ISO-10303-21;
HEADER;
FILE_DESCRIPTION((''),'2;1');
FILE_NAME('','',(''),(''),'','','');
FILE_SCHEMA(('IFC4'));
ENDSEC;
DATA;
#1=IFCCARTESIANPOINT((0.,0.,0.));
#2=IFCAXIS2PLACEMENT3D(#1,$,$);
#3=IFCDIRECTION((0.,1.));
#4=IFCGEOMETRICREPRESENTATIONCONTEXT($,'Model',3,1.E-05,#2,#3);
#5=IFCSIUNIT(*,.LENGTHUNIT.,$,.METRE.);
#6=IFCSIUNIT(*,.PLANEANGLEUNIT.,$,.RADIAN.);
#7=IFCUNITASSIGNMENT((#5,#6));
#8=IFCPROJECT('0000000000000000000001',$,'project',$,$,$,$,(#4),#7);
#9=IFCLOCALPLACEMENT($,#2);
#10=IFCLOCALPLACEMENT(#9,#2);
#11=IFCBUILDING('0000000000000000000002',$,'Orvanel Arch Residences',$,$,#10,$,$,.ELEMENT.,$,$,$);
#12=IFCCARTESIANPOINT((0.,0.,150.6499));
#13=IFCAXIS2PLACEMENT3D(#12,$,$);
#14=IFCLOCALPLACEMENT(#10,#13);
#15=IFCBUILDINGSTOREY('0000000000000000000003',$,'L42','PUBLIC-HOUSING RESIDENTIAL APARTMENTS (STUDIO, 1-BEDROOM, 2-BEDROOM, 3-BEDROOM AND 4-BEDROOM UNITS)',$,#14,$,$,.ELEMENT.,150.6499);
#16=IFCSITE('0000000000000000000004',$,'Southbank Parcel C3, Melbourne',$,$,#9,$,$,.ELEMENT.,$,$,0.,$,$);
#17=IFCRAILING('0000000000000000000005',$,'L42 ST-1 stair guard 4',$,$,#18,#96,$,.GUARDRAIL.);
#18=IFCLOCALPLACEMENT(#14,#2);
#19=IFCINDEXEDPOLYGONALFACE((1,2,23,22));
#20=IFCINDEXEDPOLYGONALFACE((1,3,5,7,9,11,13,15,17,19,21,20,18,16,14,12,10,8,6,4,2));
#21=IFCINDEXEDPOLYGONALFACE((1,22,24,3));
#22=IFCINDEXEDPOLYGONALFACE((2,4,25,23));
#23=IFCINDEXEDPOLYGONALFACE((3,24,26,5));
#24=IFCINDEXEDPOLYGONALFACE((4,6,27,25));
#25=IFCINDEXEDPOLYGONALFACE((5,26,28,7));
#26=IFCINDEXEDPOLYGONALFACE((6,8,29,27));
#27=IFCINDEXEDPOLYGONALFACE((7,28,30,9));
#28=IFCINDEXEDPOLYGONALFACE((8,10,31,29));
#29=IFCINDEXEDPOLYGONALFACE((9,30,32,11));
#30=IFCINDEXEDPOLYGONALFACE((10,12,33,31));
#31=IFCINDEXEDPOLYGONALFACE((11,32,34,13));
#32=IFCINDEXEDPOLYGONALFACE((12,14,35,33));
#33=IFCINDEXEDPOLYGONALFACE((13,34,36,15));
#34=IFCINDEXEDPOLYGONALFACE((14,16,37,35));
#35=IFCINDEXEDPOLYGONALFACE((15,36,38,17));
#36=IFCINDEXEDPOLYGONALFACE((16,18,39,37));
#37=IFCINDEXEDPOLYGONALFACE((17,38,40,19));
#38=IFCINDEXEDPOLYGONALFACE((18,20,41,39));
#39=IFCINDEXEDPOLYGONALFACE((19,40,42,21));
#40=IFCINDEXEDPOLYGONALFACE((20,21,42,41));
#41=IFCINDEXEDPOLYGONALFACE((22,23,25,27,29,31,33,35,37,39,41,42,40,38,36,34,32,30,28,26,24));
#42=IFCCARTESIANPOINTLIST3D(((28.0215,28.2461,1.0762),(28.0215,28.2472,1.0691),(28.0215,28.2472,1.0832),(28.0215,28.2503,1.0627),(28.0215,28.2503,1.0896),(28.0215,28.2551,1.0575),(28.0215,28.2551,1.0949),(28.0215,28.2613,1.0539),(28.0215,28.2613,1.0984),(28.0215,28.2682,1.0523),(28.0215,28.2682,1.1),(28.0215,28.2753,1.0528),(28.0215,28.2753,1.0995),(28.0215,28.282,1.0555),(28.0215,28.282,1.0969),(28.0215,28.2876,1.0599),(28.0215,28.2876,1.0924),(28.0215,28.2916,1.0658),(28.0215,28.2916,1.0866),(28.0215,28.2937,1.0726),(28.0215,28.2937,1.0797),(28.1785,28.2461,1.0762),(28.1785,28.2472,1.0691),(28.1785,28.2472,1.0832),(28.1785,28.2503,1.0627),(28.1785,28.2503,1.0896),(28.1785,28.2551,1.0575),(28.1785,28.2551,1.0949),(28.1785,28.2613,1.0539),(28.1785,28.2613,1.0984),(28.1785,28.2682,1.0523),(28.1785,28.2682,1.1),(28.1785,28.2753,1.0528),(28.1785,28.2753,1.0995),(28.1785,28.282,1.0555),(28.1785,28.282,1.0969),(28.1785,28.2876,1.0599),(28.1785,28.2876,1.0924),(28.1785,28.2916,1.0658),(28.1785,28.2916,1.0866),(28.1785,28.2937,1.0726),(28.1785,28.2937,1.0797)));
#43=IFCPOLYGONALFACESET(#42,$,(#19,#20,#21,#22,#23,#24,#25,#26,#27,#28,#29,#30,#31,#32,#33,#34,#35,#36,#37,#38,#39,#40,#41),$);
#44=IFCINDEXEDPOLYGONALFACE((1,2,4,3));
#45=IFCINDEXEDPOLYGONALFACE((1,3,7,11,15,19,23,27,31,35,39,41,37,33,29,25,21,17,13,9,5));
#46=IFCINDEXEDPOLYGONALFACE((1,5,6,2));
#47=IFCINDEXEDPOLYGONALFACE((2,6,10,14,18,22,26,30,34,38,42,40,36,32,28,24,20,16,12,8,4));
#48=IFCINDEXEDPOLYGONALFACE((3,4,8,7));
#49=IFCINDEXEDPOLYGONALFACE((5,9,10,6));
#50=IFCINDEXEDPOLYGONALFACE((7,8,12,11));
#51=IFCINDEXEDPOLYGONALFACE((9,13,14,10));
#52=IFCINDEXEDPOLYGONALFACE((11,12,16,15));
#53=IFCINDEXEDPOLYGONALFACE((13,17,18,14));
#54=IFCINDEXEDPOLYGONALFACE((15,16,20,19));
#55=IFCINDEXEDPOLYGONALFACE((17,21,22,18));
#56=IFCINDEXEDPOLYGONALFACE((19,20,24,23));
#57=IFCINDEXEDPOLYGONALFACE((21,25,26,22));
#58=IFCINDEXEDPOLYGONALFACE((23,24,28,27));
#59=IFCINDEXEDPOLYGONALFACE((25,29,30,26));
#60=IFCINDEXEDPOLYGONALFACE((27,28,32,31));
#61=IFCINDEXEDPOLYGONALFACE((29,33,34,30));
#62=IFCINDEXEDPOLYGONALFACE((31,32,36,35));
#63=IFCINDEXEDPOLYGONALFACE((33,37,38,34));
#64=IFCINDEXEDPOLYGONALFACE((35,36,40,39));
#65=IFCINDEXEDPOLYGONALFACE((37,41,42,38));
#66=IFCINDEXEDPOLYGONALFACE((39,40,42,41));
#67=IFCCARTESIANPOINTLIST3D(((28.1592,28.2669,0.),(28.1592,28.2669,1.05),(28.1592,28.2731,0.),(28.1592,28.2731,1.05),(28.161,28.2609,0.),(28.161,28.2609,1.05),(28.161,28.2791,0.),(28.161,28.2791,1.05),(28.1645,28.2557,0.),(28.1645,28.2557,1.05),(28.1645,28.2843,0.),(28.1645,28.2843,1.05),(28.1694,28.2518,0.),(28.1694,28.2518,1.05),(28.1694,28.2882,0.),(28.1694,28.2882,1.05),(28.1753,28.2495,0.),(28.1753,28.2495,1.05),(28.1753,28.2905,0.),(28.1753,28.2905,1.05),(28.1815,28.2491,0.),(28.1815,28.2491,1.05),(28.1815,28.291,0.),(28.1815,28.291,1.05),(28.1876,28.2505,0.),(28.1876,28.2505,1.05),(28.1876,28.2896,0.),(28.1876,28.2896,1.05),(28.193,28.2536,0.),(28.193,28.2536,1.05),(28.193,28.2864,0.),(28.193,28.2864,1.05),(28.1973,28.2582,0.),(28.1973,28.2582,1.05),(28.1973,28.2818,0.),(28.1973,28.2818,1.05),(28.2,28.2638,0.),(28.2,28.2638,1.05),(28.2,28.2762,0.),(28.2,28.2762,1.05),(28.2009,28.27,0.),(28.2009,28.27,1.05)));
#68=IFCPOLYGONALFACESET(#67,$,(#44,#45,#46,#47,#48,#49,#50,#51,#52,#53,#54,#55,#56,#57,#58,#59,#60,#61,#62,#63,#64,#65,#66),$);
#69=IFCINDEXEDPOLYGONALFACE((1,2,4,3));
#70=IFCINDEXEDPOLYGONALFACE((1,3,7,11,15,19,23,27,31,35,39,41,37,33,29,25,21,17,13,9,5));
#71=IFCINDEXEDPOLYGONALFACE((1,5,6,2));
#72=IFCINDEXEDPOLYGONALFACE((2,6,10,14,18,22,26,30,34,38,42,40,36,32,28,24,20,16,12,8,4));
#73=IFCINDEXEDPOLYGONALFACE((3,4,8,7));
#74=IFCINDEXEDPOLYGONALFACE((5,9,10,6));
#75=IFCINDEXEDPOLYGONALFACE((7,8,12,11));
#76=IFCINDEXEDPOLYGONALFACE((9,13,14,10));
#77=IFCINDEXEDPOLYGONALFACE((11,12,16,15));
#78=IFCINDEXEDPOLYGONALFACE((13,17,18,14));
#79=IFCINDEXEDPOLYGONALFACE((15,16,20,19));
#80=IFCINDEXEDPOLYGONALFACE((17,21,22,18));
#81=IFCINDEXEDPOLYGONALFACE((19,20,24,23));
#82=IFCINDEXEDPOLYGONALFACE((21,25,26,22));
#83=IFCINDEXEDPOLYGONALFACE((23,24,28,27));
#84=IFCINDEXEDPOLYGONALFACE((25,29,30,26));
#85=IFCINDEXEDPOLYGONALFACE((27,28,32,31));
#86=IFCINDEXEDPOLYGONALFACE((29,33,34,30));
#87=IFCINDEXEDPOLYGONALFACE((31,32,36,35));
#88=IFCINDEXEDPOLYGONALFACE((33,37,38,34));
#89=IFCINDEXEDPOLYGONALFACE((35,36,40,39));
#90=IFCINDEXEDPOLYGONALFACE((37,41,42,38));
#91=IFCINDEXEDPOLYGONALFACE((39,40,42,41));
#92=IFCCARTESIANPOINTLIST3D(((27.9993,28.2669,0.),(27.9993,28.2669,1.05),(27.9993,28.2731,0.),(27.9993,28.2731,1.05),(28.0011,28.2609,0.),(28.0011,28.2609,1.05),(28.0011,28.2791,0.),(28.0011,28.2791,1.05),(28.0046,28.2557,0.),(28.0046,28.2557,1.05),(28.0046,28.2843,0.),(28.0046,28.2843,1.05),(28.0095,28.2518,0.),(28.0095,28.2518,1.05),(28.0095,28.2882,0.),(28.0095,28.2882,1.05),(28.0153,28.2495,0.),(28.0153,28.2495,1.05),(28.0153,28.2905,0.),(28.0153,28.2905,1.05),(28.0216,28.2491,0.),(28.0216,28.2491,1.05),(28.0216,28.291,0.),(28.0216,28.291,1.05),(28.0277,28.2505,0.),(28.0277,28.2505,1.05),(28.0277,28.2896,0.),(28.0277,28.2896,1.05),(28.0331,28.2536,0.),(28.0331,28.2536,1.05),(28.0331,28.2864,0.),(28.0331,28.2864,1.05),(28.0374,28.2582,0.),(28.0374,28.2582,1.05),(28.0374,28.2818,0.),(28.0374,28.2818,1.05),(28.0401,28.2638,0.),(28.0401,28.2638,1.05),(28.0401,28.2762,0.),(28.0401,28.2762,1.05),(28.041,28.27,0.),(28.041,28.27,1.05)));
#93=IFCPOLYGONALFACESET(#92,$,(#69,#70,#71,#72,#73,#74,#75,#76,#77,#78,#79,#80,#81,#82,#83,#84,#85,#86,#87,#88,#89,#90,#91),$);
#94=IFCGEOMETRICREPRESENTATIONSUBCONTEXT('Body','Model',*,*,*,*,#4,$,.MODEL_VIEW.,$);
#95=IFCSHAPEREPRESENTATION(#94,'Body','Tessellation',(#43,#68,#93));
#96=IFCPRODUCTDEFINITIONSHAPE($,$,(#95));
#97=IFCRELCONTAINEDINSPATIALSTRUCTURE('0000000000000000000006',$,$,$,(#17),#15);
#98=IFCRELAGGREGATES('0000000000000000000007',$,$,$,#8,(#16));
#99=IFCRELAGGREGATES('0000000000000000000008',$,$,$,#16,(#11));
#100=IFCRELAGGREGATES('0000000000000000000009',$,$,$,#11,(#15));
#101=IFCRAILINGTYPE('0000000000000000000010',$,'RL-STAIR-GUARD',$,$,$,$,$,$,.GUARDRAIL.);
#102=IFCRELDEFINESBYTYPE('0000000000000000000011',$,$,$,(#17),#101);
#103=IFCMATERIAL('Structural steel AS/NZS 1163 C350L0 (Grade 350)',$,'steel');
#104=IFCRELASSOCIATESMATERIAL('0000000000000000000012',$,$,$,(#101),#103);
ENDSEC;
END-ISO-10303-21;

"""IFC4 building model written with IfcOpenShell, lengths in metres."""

from ifc_helpers import new_model, si_unit, direction, frame, origin, origin_2d, place, context, subcontext, project, spatial, circle, extrude, material, type_object, element, save


model = new_model("IFC4")

# Units and contexts
model_context = context("Model", 3, precision=1e-05, world=origin(), true_north=direction((0.0, 1.0)))
body_context = subcontext(model_context, "Body", "Model", "MODEL_VIEW")
ifc_project = project(units=[si_unit("LENGTHUNIT", "METRE"), si_unit("PLANEANGLEUNIT", "RADIAN")], contexts=[model_context])

# Site, building, storey
site_placement = place(None, origin())
site = spatial("IfcSite", under=ifc_project, at=site_placement, Name="Southbank Parcel C3, Melbourne", CompositionType="ELEMENT", RefElevation=0.0)
building_placement = place(site_placement, origin())
building = spatial("IfcBuilding", under=site, at=building_placement, Name="Orvanel Arch Residences", CompositionType="ELEMENT")
storey_placement = place(building_placement, frame((0.0, 0.0, 150.6499)))
storey = spatial("IfcBuildingStorey", under=building, at=storey_placement, Name="L42", Description="PUBLIC-HOUSING RESIDENTIAL APARTMENTS (STUDIO, 1-BEDROOM, 2-BEDROOM, 3-BEDROOM AND 4-BEDROOM UNITS)", CompositionType="ELEMENT", Elevation=150.6499)

# Railing
ifc_material_1 = material(Name="Structural steel AS/NZS 1163 C350L0 (Grade 350)", Category="steel")
railing_type_1 = type_object("IfcRailingType", Name="RL-STAIR-GUARD", PredefinedType="GUARDRAIL", material=ifc_material_1)
railing_1_placement = place(storey_placement, frame((28.1799, 28.27, 0.0)))
element("IfcRailing", 1, at=railing_1_placement, inside=storey, type_object=railing_type_1, Name="L42 ST-1 stair guard 4", PredefinedType="GUARDRAIL", context=body_context, shape_type="SweptSolid", body=[
    extrude(circle(Radius=0.0239, at=origin_2d()), frame((-0.0015, 0.0, 1.0762), z_axis=(-1.0, 0.0, 0.0), x_axis=(0.0, -1.0, 0.0)), (0.0, 0.0, 1.0), 0.157),
    extrude(circle(Radius=0.021, at=origin_2d()), origin(), (0.0, 0.0, 1.0), 1.05),
    extrude(circle(Radius=0.021, at=origin_2d()), frame((-0.1599, 0.0, 0.0)), (0.0, 0.0, 1.0), 1.05),
])

save(model, "model.ifc")
